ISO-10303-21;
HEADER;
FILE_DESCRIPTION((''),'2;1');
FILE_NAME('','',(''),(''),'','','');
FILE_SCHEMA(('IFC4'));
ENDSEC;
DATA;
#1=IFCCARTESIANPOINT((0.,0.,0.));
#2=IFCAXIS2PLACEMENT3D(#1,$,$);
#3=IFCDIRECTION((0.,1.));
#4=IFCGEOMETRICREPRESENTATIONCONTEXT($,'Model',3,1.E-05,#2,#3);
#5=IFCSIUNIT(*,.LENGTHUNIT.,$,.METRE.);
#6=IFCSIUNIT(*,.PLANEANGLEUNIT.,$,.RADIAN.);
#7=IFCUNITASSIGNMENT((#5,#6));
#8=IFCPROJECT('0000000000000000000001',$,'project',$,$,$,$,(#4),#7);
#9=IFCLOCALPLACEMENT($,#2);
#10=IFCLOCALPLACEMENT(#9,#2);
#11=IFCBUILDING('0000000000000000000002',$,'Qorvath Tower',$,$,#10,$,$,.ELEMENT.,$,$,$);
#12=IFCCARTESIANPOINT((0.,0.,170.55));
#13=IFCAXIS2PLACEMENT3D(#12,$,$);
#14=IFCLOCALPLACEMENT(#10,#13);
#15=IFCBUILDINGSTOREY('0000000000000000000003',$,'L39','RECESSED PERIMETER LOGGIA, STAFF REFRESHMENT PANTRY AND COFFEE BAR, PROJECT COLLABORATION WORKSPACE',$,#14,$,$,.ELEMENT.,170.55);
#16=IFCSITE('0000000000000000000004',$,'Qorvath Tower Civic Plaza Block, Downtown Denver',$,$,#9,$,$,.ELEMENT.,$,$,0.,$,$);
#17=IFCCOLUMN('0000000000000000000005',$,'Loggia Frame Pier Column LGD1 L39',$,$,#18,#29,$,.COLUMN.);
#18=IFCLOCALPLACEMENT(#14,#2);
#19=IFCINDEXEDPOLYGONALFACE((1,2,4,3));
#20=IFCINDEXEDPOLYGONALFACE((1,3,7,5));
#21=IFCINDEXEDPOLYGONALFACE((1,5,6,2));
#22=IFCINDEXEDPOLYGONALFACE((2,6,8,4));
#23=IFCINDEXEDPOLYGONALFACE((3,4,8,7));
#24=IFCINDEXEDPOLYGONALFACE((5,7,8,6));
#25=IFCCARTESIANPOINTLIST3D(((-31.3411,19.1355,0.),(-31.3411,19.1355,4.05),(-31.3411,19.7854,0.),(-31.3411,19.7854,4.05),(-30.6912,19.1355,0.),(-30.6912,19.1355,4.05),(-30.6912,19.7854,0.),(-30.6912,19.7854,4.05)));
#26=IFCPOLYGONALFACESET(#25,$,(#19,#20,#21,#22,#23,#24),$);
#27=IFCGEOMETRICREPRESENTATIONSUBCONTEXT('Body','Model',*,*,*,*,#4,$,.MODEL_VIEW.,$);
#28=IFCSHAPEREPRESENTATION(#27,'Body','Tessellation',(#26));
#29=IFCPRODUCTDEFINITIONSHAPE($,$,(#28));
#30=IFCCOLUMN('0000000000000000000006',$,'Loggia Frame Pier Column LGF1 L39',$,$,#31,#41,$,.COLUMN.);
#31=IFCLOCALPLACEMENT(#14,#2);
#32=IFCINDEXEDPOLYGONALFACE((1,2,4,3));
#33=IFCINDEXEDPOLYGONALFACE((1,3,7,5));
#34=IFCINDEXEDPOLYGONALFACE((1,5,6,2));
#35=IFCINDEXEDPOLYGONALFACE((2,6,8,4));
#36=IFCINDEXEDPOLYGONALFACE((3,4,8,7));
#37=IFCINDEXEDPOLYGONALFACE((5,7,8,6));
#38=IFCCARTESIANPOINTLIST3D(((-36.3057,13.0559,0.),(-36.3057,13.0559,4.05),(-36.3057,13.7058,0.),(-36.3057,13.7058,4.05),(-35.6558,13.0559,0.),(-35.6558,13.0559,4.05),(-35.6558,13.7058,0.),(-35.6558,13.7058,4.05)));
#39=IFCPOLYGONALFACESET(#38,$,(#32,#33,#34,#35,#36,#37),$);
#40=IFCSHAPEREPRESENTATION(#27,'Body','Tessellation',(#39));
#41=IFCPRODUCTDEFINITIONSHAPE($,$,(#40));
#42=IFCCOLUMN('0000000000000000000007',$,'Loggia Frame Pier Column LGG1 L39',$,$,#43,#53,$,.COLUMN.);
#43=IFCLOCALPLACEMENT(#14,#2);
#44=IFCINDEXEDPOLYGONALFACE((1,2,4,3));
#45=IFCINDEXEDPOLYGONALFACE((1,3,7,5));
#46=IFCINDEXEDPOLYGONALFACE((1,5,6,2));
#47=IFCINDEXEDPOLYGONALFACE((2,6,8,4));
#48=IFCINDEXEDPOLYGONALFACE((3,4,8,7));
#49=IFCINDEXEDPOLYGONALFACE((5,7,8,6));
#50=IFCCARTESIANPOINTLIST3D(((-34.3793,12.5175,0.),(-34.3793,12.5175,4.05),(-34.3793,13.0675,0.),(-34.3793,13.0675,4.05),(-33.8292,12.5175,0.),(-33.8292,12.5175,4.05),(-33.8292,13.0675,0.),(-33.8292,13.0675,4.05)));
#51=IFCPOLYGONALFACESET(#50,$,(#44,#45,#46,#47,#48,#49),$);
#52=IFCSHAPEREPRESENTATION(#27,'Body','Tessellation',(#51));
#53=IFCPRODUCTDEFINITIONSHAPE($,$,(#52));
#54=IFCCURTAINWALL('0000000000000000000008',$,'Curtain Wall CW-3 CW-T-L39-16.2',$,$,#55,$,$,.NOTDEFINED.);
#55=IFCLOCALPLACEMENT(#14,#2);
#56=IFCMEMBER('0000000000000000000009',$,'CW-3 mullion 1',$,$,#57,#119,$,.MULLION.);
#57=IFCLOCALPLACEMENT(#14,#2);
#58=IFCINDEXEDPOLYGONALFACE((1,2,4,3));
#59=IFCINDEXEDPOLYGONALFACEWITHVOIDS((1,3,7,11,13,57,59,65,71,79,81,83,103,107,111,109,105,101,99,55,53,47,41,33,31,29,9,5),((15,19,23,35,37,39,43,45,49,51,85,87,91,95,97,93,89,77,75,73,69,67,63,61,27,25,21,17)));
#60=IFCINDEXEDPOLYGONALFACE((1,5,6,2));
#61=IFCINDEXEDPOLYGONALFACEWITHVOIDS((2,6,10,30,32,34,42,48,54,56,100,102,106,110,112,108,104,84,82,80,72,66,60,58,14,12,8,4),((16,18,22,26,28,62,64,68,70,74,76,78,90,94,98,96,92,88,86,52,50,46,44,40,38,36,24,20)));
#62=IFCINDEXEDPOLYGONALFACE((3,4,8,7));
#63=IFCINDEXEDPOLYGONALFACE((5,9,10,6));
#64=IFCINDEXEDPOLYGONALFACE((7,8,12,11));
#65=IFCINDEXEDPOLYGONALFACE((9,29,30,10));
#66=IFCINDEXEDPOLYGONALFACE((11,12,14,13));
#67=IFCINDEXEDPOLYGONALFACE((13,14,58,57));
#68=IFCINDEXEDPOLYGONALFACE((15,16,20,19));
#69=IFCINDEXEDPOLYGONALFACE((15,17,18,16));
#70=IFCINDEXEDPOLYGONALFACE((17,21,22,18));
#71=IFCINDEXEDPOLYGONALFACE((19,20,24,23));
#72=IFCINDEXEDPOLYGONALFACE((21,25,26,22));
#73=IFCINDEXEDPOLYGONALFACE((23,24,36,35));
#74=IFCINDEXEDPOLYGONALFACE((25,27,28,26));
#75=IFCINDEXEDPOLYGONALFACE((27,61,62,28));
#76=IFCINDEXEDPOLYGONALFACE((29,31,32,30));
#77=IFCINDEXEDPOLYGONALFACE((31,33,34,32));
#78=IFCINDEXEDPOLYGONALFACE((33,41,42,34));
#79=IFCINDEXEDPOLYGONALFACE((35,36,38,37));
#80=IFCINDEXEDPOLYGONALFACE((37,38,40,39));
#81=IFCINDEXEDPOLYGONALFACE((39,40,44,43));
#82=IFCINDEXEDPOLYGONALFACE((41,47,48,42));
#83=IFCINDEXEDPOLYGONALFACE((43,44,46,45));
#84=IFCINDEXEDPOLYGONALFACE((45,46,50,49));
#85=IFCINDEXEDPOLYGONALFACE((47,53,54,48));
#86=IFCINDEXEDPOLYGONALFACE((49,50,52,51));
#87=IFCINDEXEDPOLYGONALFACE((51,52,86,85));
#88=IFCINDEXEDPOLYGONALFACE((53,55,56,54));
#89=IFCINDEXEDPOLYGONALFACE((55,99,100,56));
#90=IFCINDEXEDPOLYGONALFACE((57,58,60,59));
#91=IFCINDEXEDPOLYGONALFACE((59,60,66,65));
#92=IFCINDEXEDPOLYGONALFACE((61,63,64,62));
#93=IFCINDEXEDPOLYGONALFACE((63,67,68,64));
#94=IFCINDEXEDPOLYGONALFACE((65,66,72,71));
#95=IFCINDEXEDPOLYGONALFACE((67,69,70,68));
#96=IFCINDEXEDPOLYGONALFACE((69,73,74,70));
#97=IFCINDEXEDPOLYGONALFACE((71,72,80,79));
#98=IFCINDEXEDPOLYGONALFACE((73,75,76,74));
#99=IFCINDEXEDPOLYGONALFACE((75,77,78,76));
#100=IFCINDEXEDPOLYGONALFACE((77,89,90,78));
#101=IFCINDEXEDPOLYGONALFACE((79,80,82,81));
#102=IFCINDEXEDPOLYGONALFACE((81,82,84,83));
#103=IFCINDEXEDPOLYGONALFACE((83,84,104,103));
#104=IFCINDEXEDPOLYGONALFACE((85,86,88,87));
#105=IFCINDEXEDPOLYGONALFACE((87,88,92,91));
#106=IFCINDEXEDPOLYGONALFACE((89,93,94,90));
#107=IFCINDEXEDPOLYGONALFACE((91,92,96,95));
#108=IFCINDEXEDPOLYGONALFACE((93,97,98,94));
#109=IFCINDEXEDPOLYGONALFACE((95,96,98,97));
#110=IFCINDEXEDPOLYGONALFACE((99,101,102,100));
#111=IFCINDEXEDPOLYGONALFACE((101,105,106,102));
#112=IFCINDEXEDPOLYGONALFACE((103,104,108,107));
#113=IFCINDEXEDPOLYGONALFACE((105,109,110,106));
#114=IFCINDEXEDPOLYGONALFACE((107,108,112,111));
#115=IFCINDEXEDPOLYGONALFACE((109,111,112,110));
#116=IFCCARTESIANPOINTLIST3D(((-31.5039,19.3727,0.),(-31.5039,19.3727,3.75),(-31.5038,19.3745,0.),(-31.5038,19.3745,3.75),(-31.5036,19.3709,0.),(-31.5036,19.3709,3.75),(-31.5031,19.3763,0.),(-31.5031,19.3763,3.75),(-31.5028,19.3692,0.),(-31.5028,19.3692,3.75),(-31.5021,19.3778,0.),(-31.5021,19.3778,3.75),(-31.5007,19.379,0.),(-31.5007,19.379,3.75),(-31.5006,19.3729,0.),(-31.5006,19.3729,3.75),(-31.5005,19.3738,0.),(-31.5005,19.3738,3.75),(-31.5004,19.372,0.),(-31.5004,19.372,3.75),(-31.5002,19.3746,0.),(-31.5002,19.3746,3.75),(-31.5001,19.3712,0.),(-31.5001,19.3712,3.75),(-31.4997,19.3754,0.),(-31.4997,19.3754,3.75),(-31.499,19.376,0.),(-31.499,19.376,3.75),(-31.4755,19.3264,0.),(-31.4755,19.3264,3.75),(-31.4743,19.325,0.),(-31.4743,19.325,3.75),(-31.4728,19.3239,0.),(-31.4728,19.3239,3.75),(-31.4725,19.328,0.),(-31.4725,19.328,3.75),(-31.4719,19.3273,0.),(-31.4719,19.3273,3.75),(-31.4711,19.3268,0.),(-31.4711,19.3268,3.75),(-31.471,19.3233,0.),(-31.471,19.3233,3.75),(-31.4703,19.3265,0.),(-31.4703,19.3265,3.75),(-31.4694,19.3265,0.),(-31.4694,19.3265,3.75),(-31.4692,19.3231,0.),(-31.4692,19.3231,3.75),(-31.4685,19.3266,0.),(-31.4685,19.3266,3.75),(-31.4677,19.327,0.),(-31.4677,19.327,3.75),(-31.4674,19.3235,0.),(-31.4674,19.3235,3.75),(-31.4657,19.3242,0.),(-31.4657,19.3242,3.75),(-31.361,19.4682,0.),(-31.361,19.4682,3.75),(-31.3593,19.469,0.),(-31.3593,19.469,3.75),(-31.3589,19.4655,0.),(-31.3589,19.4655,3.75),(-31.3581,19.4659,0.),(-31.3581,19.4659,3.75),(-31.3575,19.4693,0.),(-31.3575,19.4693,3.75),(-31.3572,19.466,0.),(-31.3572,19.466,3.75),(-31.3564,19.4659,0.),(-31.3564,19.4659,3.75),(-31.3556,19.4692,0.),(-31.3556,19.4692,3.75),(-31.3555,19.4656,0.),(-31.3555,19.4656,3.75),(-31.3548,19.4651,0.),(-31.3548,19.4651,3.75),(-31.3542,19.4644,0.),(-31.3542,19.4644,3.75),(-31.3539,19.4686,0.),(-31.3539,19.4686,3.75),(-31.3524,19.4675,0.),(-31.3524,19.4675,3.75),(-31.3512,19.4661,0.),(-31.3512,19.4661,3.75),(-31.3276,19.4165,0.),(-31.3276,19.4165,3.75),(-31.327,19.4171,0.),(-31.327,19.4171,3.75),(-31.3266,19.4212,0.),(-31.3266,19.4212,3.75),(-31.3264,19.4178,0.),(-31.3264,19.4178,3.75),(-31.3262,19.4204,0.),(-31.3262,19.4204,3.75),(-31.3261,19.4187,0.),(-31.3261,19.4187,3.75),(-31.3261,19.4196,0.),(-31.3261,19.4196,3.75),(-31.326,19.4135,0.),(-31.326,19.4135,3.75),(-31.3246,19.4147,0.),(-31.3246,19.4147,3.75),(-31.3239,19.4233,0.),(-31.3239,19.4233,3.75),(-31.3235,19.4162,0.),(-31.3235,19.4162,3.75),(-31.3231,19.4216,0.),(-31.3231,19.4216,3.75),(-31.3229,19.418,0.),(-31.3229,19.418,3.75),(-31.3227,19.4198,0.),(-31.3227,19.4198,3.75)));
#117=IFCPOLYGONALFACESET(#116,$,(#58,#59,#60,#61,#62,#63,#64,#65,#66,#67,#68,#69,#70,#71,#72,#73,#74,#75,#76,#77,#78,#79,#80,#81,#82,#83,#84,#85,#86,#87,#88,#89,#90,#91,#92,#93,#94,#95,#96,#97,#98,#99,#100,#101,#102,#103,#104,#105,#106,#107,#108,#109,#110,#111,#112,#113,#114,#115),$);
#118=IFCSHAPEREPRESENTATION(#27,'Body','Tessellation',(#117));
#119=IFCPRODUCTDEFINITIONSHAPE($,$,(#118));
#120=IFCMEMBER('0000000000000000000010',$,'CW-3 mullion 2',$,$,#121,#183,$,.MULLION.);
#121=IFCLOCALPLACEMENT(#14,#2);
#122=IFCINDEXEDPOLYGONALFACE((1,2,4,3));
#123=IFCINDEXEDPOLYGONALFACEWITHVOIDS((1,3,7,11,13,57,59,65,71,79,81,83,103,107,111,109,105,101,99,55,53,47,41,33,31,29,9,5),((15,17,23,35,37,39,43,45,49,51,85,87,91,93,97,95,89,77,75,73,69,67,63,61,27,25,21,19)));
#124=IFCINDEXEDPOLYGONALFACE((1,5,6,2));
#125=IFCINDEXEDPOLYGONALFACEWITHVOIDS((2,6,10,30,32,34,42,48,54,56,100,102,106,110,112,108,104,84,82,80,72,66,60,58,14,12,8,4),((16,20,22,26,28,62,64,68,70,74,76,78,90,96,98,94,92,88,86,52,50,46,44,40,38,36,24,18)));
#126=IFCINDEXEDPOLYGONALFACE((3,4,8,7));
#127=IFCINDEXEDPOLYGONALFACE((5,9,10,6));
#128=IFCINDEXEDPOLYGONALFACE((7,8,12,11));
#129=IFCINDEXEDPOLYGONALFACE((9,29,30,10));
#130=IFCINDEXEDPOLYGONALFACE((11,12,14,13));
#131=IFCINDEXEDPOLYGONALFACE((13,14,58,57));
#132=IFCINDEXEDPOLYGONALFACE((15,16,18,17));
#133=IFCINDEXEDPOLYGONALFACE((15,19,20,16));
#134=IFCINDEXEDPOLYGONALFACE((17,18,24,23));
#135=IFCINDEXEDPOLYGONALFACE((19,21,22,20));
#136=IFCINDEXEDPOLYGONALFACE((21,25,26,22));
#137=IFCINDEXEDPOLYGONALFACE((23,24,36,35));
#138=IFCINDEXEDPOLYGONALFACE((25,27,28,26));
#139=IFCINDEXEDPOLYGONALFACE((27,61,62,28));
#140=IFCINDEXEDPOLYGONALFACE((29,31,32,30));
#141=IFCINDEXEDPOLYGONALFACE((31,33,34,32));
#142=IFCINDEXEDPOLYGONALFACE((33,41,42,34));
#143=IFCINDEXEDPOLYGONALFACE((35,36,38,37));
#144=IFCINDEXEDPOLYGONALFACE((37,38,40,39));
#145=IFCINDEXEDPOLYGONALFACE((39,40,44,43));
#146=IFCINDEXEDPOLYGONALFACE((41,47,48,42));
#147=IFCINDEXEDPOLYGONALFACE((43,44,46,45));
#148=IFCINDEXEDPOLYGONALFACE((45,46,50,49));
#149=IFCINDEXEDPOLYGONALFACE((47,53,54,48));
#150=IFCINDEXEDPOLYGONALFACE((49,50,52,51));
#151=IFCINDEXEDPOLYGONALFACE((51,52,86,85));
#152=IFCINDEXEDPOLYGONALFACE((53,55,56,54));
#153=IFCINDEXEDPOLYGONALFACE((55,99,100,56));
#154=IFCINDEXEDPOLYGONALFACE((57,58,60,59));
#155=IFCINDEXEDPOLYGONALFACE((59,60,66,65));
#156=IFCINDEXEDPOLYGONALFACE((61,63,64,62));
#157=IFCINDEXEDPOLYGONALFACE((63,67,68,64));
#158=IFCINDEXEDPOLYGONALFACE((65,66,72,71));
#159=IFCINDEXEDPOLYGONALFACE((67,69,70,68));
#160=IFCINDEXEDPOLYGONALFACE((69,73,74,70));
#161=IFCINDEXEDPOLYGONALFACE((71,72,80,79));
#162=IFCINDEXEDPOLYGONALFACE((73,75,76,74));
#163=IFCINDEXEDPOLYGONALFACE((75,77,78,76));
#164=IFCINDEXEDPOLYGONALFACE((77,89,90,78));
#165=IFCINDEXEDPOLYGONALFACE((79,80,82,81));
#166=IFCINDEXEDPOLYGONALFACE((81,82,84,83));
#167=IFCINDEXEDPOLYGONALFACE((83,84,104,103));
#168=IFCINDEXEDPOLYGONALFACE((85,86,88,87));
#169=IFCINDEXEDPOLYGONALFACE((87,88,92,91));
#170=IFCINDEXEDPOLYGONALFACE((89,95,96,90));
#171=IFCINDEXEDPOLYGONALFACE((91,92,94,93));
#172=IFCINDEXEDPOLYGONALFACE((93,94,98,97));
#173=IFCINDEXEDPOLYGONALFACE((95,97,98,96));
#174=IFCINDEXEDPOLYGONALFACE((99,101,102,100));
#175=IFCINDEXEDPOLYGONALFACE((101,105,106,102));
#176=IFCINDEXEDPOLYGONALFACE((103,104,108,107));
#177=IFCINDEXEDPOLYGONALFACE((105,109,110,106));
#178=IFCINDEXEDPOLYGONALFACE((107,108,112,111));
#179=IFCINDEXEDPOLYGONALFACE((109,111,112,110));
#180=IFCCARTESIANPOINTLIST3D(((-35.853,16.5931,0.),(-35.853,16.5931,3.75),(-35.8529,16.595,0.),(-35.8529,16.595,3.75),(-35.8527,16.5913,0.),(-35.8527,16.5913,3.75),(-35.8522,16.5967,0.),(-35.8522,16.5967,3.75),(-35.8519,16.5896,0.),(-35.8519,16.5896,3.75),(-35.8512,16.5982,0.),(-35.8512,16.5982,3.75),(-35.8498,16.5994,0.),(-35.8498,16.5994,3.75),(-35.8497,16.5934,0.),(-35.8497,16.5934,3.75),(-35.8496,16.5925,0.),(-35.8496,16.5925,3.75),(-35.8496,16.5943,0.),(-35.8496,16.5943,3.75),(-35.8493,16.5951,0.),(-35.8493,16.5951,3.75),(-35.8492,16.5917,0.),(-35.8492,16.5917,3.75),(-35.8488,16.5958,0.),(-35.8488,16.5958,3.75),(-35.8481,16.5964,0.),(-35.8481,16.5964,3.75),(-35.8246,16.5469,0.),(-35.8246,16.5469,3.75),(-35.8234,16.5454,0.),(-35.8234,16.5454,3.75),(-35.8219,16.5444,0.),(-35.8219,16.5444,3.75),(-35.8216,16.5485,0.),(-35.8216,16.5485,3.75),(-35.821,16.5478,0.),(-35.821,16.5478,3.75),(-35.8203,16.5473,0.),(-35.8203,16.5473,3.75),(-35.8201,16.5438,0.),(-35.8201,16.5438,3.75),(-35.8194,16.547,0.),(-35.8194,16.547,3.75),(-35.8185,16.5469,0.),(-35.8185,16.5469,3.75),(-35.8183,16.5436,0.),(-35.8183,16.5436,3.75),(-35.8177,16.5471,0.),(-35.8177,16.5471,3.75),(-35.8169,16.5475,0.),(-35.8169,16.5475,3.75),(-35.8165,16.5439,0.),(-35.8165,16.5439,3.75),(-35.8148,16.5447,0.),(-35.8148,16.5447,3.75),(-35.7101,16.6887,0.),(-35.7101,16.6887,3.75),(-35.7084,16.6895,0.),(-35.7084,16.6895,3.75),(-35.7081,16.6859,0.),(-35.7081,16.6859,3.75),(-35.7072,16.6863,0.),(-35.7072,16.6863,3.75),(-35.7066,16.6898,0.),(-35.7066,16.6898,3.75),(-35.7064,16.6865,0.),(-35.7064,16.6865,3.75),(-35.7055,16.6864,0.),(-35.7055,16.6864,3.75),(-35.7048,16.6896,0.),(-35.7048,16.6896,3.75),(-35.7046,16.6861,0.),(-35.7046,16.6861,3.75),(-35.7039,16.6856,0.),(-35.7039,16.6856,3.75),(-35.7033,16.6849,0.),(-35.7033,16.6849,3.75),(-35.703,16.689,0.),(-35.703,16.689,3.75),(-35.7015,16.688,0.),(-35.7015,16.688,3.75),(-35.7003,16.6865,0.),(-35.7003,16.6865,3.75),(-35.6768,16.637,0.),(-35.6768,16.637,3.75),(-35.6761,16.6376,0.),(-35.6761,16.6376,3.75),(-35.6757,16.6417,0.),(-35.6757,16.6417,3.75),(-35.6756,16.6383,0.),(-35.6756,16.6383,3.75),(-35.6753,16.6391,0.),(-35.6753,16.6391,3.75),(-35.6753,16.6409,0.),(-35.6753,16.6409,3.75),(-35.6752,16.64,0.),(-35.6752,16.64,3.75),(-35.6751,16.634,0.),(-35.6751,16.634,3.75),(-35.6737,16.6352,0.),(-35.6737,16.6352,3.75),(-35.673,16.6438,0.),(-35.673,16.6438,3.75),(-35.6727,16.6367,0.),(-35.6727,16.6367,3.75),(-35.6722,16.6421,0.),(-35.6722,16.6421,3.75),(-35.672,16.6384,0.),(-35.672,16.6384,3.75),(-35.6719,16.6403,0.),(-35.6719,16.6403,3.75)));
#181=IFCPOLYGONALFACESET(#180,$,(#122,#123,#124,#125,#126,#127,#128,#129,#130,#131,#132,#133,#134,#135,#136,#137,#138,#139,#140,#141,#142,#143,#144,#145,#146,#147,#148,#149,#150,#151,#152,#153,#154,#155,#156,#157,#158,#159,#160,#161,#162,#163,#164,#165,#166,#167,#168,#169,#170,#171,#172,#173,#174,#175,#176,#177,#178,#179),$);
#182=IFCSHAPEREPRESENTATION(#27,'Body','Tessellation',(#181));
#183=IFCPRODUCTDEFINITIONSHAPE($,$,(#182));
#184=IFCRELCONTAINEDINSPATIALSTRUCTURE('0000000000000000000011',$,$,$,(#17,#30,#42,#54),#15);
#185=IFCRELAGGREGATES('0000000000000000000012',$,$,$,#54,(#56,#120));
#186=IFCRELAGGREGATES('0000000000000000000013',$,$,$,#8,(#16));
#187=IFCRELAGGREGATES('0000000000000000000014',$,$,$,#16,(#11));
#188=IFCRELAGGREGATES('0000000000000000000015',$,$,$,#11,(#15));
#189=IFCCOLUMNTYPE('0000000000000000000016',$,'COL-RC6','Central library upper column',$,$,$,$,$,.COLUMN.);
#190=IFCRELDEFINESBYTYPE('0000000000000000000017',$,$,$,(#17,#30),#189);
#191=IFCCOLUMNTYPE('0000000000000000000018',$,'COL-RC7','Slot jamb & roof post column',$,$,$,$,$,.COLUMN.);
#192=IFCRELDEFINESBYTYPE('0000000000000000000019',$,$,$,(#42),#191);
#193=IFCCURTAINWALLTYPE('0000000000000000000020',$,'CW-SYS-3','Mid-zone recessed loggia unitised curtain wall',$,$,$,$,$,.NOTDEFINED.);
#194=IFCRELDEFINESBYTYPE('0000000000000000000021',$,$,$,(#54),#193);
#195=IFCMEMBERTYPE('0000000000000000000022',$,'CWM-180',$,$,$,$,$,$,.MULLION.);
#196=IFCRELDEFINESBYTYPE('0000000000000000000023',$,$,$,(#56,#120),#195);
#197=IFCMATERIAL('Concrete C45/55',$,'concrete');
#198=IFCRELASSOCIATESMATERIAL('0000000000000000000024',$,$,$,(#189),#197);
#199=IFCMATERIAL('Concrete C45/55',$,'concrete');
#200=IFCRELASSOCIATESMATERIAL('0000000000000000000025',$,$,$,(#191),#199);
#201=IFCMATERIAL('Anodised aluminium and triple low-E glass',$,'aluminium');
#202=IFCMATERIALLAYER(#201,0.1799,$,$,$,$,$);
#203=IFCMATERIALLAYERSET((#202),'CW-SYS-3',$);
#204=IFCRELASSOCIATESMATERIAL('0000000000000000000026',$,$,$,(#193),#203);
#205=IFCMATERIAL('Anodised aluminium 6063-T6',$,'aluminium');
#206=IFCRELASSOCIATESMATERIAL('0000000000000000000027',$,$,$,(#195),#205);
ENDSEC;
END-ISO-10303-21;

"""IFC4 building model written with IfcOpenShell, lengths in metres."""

from ifc_helpers import new_model, si_unit, direction, frame, origin, origin_2d, place, context, subcontext, project, spatial, rectangle, hollow_rectangle, extrude, material, layer, layer_set, material_profile, profile_set, type_object, element, aggregate, save


model = new_model("IFC4")

# Units and contexts
model_context = context("Model", 3, precision=1e-05, world=origin(), true_north=direction((0.0, 1.0)))
body_context = subcontext(model_context, "Body", "Model", "MODEL_VIEW")
ifc_project = project(units=[si_unit("LENGTHUNIT", "METRE"), si_unit("PLANEANGLEUNIT", "RADIAN")], contexts=[model_context])

# Site, building, storey
site_placement = place(None, origin())
site = spatial("IfcSite", under=ifc_project, at=site_placement, Name="Qorvath Tower Civic Plaza Block, Downtown Denver", CompositionType="ELEMENT", RefElevation=0.0)
building_placement = place(site_placement, origin())
building = spatial("IfcBuilding", under=site, at=building_placement, Name="Qorvath Tower", CompositionType="ELEMENT")
storey_placement = place(building_placement, frame((0.0, 0.0, 170.55)))
storey = spatial("IfcBuildingStorey", under=building, at=storey_placement, Name="L39", Description="RECESSED PERIMETER LOGGIA, STAFF REFRESHMENT PANTRY AND COFFEE BAR, PROJECT COLLABORATION WORKSPACE", CompositionType="ELEMENT", Elevation=170.55)

# Columns
ifc_material_1 = material(Name="Concrete C45/55", Category="concrete")
ifc_material_profile_1 = material_profile(ifc_material_1, rectangle(XDim=0.6499, YDim=0.6499, at=origin_2d()), Name="RC 650x650")
ifc_profile_set_1 = profile_set([ifc_material_profile_1], Name="Concrete C45/55")
column_type_1 = type_object("IfcColumnType", Name="COL-RC6", Description="Central library upper column", PredefinedType="COLUMN", material=ifc_profile_set_1)
for number, where, z_axis, x_axis, name in (
    (1, (-31.0161, 19.4604, 0.0), (0.0, 0.0, 1.0), (1.0, 0.0, 0.0), "Loggia Frame Pier Column LGD1 L39"),
    (2, (-35.9807, 13.3809, 0.0), (0.0, 0.0, 1.0), (1.0, 0.0, 0.0), "Loggia Frame Pier Column LGF1 L39"),
):
    element("IfcColumn", number, at=place(storey_placement, frame(where, z_axis=z_axis, x_axis=x_axis)), inside=storey, type_object=column_type_1, Name=name, PredefinedType="COLUMN", context=body_context, shape_type="SweptSolid", body=[
        extrude(rectangle(XDim=0.6499, YDim=0.6499, at=origin_2d()), origin(), (0.0, 0.0, 1.0), 4.05),
    ])
ifc_material_2 = material(Name="Concrete C45/55", Category="concrete")
ifc_material_profile_2 = material_profile(ifc_material_2, rectangle(XDim=0.55, YDim=0.55, at=origin_2d()), Name="RC 550x550")
ifc_profile_set_2 = profile_set([ifc_material_profile_2], Name="Concrete C45/55")
column_type_2 = type_object("IfcColumnType", Name="COL-RC7", Description="Slot jamb & roof post column", PredefinedType="COLUMN", material=ifc_profile_set_2)
column_placement = place(storey_placement, frame((-34.1042, 12.7925, 0.0), z_axis=(0.0, 0.0, 1.0), x_axis=(1.0, 0.0, 0.0)))
element("IfcColumn", 3, at=column_placement, inside=storey, type_object=column_type_2, Name="Loggia Frame Pier Column LGG1 L39", PredefinedType="COLUMN", context=body_context, shape_type="SweptSolid", body=[
    extrude(rectangle(XDim=0.55, YDim=0.55, at=origin_2d()), origin(), (0.0, 0.0, 1.0), 4.05),
])

# Curtain wall, members
ifc_material_3 = material(Name="Anodised aluminium and triple low-E glass", Category="aluminium")
ifc_layer_1 = layer(ifc_material_3, 0.1799)
ifc_layer_set_1 = layer_set([ifc_layer_1], Name="CW-SYS-3")
curtain_wall_type = type_object("IfcCurtainWallType", Name="CW-SYS-3", Description="Mid-zone recessed loggia unitised curtain wall", PredefinedType="NOTDEFINED", material=ifc_layer_set_1)
curtain_wall_placement = place(storey_placement, origin())
curtain_wall = element("IfcCurtainWall", 4, at=curtain_wall_placement, inside=storey, type_object=curtain_wall_type, Name="Curtain Wall CW-3 CW-T-L39-16.2", PredefinedType="NOTDEFINED")
ifc_material_4 = material(Name="Anodised aluminium 6063-T6", Category="aluminium")
ifc_material_profile_3 = material_profile(ifc_material_4, hollow_rectangle(XDim=0.0649, YDim=0.1799, WallThickness=0.0034, InnerFilletRadius=0.0034, OuterFilletRadius=0.0071, at=origin_2d()), Name="CWM 180x65")
ifc_profile_set_3 = profile_set([ifc_material_profile_3], Name="Anodised aluminium 6063-T6")
member_type_1 = type_object("IfcMemberType", Name="CWM-180", PredefinedType="MULLION", material=ifc_profile_set_3)
member_1_placement = place(storey_placement, frame((-31.4133, 19.3962, 0.0), z_axis=(0.0, 0.0, 1.0), x_axis=(0.538537, -0.842602, 0.0)))
member_1 = element("IfcMember", 5, at=member_1_placement, type_object=member_type_1, Name="CW-3 mullion 1", PredefinedType="MULLION", context=body_context, shape_type="SweptSolid", body=[
    extrude(hollow_rectangle(XDim=0.0649, YDim=0.1799, WallThickness=0.0034, InnerFilletRadius=0.0034, OuterFilletRadius=0.0071, at=origin_2d()), origin(), (0.0, 0.0, 1.0), 3.75),
])
member_2_placement = place(storey_placement, frame((-35.7625, 16.6167, 0.0), z_axis=(0.0, 0.0, 1.0), x_axis=(0.538537, -0.842602, 0.0)))
member_2 = element("IfcMember", 6, at=member_2_placement, type_object=member_type_1, Name="CW-3 mullion 2", PredefinedType="MULLION", context=body_context, shape_type="SweptSolid", body=[
    extrude(hollow_rectangle(XDim=0.0649, YDim=0.1799, WallThickness=0.0034, InnerFilletRadius=0.0034, OuterFilletRadius=0.0071, at=origin_2d()), origin(), (0.0, 0.0, 1.0), 3.75),
])
aggregate(curtain_wall, [member_1, member_2])

save(model, "model.ifc")
